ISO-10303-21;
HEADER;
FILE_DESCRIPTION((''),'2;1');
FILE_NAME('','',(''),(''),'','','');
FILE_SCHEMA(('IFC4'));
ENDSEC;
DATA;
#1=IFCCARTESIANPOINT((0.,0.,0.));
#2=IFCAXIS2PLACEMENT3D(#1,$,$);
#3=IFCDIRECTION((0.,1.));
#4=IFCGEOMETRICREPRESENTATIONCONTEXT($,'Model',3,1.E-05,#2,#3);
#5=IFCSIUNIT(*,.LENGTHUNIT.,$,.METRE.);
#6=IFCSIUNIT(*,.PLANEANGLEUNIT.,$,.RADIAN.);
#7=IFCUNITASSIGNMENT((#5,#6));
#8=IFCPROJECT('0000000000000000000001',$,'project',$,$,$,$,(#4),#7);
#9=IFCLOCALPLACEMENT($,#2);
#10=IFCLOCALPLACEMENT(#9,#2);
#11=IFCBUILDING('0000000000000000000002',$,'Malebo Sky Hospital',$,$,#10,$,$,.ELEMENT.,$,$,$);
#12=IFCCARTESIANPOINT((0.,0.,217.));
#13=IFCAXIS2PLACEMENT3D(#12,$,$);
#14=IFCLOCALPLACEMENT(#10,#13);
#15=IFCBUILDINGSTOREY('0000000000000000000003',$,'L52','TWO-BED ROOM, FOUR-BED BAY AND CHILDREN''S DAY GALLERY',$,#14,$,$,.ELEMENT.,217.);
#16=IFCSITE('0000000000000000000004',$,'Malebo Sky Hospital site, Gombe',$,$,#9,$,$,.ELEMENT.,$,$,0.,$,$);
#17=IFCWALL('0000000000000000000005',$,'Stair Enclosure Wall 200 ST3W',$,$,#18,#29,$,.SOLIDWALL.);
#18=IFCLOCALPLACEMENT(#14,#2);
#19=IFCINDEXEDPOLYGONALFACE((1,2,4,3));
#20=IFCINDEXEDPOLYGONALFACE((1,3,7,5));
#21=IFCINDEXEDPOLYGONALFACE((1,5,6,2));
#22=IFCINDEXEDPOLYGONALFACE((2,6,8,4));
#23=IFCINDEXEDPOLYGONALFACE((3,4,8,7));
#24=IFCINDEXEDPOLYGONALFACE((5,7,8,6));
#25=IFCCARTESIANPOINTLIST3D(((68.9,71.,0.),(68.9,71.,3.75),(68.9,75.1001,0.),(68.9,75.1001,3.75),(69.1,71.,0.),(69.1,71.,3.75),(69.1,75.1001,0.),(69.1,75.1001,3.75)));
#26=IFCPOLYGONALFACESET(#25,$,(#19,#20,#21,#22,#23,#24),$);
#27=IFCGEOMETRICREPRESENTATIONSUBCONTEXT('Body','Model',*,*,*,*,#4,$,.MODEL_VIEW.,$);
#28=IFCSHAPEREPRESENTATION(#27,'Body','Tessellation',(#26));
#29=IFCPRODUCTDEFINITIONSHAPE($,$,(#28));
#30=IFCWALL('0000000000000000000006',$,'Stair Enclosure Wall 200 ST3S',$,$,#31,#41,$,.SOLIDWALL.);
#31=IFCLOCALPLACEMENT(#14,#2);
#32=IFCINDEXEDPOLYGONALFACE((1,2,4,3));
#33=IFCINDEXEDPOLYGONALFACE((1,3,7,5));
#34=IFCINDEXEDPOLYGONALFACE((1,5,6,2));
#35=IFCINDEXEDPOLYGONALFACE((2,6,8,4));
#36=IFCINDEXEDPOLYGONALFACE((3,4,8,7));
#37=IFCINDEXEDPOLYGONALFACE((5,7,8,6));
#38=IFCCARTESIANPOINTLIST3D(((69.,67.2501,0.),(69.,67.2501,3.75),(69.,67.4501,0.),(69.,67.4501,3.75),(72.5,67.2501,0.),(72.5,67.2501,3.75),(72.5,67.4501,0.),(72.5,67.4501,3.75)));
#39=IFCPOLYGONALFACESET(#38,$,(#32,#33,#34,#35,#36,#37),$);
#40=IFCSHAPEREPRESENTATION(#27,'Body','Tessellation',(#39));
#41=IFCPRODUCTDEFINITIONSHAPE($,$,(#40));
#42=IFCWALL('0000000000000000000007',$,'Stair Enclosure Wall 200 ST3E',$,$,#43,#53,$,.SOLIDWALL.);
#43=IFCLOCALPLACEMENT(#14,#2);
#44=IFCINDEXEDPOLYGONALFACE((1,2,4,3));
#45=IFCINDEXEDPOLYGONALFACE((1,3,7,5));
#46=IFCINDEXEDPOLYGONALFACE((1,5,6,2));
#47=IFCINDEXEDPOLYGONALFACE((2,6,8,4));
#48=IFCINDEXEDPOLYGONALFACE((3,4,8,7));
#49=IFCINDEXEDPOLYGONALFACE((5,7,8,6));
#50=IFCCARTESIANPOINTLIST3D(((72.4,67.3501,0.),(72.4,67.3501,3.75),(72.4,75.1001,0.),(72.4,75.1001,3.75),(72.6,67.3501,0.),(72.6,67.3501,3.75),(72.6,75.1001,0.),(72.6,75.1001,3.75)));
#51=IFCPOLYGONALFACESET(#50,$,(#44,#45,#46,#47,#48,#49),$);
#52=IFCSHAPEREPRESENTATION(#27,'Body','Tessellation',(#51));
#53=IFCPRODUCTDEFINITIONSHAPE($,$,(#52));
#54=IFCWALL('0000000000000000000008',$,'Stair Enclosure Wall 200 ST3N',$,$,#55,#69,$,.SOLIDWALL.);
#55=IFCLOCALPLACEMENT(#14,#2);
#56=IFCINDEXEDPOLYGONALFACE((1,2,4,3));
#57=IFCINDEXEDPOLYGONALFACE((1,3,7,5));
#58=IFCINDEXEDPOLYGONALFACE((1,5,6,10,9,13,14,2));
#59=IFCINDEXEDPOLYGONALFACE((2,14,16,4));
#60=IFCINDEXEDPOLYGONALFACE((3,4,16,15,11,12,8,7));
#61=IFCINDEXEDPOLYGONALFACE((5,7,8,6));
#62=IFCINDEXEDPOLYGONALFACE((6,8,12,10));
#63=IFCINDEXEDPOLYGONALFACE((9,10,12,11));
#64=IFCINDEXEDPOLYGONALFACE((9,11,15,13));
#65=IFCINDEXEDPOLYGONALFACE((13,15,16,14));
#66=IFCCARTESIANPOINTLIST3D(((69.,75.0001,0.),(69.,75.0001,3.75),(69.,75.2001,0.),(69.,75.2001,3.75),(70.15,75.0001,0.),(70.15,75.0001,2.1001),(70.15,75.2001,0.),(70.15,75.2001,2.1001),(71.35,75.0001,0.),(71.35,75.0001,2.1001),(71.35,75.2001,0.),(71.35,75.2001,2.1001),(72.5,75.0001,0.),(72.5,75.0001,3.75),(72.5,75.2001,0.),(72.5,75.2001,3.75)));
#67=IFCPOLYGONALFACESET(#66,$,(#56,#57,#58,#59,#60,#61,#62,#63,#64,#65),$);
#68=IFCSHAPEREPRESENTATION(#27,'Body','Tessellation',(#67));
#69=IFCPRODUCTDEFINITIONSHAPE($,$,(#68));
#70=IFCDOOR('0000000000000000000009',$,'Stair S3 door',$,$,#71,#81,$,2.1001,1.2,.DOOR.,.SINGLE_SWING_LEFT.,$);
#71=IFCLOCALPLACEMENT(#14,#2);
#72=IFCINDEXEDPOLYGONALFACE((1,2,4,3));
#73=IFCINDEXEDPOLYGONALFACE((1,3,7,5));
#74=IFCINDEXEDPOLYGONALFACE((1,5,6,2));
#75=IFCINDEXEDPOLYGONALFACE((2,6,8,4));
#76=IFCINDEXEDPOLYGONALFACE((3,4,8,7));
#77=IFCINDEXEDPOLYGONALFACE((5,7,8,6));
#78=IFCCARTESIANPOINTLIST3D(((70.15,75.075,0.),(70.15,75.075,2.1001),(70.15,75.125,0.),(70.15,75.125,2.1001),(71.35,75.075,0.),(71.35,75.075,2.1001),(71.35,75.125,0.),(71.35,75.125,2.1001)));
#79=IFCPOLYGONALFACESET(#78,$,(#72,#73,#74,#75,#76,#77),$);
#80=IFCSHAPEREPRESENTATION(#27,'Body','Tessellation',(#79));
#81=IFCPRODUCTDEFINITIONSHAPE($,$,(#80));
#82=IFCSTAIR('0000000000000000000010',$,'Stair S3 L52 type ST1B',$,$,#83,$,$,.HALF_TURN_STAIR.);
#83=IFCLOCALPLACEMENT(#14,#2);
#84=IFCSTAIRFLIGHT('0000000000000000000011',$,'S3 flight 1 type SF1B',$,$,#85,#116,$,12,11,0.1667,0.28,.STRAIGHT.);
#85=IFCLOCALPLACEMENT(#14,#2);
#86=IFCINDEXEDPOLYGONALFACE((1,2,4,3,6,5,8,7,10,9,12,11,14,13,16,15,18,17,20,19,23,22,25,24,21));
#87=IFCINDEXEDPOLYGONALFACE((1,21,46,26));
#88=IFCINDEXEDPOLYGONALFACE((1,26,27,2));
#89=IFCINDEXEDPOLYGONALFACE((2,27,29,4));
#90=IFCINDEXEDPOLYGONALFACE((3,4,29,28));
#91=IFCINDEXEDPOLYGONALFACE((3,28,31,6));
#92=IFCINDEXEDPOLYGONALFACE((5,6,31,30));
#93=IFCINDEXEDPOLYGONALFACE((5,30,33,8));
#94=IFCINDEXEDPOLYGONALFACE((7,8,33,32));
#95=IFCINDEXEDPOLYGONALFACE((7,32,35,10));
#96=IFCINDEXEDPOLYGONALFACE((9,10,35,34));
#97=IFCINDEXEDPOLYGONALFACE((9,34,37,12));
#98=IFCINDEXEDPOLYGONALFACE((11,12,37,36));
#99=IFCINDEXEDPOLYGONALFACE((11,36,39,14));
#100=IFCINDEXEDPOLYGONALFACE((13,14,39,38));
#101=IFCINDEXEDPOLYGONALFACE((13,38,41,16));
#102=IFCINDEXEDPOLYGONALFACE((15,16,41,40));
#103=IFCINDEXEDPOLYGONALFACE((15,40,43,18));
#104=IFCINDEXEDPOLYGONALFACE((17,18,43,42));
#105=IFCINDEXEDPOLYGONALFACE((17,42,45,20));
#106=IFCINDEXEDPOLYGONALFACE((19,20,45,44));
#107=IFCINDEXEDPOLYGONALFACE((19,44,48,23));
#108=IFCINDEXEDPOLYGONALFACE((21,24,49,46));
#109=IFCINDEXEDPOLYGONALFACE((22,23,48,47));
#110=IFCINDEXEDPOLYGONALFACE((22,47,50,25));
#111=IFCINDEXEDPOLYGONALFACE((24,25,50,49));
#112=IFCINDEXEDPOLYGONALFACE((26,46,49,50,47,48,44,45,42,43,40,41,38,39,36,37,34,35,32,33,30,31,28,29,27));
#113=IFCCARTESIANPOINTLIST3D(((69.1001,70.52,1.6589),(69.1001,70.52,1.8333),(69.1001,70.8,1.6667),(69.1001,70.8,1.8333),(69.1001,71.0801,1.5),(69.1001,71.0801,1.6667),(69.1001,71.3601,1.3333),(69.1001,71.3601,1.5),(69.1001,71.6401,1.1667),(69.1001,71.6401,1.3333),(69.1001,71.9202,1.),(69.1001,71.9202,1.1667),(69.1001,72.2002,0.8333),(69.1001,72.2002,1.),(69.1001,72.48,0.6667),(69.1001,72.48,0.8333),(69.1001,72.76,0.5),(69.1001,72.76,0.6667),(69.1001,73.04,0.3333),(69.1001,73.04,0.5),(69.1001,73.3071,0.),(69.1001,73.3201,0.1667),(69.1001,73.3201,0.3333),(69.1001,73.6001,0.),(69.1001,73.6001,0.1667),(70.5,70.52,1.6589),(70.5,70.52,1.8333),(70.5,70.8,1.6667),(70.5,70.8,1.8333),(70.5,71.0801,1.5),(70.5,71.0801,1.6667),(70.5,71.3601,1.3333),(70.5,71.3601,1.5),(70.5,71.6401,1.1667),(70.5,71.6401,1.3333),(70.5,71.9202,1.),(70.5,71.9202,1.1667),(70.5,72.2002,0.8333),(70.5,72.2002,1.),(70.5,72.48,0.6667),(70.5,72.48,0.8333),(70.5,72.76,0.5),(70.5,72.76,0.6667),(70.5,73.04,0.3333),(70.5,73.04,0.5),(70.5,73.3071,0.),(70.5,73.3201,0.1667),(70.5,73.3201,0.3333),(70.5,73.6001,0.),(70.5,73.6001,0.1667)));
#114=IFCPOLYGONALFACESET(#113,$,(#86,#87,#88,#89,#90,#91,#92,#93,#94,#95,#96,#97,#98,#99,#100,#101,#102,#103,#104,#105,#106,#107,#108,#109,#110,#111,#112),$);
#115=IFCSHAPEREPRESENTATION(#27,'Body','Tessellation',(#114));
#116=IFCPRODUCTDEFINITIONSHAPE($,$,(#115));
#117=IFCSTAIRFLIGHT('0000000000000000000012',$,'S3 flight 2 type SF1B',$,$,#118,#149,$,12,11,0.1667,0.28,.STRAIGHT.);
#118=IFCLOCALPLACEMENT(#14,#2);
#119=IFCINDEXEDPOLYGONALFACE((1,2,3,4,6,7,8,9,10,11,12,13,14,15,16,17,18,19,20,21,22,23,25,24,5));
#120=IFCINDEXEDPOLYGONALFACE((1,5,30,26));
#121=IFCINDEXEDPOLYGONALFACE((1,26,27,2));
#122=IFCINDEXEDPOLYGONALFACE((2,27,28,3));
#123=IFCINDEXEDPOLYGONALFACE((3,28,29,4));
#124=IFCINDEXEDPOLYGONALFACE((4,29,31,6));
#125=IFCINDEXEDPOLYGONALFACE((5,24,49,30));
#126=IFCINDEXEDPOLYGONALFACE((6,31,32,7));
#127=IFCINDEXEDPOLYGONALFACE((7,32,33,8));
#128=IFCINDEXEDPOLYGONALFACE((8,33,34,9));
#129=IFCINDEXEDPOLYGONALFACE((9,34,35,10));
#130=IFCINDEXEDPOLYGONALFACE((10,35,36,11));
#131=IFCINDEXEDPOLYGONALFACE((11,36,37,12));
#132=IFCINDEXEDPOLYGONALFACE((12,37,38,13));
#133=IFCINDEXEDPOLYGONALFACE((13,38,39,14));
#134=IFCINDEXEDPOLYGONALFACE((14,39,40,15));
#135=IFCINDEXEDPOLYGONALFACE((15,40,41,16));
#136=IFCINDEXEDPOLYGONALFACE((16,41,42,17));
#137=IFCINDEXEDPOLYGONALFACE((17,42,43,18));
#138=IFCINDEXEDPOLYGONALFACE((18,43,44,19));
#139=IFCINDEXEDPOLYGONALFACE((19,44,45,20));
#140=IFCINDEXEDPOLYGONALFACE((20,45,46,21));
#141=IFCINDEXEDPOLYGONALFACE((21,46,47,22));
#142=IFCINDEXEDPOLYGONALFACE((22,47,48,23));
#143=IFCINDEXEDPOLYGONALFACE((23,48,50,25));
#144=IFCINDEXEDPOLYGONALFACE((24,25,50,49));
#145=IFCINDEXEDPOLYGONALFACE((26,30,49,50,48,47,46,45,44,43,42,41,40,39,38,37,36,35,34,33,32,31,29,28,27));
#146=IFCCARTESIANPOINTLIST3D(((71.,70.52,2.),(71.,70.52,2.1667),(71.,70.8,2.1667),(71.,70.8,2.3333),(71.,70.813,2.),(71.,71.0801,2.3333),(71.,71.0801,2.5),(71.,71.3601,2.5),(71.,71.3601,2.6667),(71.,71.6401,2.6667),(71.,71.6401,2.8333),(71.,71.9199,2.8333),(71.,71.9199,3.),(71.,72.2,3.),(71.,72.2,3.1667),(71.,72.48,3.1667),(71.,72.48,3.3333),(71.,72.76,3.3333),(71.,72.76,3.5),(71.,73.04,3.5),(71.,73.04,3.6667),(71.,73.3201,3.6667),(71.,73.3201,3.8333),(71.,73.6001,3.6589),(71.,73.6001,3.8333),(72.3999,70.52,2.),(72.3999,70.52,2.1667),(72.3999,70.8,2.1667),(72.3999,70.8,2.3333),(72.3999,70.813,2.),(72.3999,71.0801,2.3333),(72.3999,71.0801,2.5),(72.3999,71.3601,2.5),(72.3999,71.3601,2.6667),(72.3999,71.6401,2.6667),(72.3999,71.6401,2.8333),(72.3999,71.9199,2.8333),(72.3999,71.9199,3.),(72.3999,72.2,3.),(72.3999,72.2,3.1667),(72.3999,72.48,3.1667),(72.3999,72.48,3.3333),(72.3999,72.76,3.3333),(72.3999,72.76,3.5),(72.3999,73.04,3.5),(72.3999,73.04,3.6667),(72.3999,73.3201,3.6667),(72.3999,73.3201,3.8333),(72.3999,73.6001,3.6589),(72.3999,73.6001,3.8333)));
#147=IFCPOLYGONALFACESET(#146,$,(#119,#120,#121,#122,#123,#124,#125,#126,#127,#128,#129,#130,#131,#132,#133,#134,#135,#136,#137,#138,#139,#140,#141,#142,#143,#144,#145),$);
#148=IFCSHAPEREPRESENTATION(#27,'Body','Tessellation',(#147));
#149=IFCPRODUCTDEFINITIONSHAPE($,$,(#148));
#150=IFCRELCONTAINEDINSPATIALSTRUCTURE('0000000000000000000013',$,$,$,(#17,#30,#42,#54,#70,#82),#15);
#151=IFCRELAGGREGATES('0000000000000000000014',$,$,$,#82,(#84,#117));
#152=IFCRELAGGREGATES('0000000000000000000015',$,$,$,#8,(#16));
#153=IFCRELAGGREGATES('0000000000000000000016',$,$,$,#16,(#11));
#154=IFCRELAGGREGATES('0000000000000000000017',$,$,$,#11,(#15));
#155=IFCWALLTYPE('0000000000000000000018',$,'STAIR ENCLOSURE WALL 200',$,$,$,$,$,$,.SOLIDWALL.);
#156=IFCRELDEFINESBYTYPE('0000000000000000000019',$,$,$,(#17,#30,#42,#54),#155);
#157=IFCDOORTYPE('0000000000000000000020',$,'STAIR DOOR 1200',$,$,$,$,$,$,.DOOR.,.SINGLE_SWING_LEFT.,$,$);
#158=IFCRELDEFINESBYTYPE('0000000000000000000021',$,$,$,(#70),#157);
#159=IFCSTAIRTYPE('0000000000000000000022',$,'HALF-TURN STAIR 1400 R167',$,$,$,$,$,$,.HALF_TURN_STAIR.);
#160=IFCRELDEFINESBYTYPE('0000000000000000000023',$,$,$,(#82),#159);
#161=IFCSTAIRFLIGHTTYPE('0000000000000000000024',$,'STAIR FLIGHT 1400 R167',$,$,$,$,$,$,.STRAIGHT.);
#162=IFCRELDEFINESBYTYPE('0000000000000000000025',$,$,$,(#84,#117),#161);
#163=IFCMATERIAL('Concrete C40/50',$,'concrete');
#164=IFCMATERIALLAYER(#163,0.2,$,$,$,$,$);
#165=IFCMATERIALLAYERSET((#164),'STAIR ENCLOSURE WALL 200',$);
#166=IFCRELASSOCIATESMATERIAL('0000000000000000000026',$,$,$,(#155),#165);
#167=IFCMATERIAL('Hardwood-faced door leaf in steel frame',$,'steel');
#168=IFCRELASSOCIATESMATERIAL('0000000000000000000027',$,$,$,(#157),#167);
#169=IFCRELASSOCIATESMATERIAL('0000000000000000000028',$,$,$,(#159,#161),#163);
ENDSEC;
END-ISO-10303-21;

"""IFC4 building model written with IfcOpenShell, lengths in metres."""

from ifc_helpers import new_model, si_unit, direction, frame, frame_2d, origin, place, context, subcontext, project, spatial, polyline, rectangle, outline, extrude, material, layer, layer_set, type_object, element, fill, aggregate, save


model = new_model("IFC4")

# Units and contexts
model_context = context("Model", 3, precision=1e-05, world=origin(), true_north=direction((0.0, 1.0)))
body_context = subcontext(model_context, "Body", "Model", "MODEL_VIEW")
ifc_project = project(units=[si_unit("LENGTHUNIT", "METRE"), si_unit("PLANEANGLEUNIT", "RADIAN")], contexts=[model_context])

# Site, building, storey
site_placement = place(None, origin())
site = spatial("IfcSite", under=ifc_project, at=site_placement, Name="Malebo Sky Hospital site, Gombe", CompositionType="ELEMENT", RefElevation=0.0)
building_placement = place(site_placement, origin())
building = spatial("IfcBuilding", under=site, at=building_placement, Name="Malebo Sky Hospital", CompositionType="ELEMENT")
storey_placement = place(building_placement, frame((0.0, 0.0, 217.0)))
storey = spatial("IfcBuildingStorey", under=building, at=storey_placement, Name="L52", Description="TWO-BED ROOM, FOUR-BED BAY AND CHILDREN'S DAY GALLERY", CompositionType="ELEMENT", Elevation=217.0)

# Shared definitions
ifc_material_1 = material(Name="Hardwood-faced door leaf in steel frame", Category="steel")

# Walls
ifc_material_2 = material(Name="Concrete C40/50", Category="concrete")
ifc_layer_1 = layer(ifc_material_2, 0.2)
ifc_layer_set_1 = layer_set([ifc_layer_1], Name="STAIR ENCLOSURE WALL 200")
wall_type_1 = type_object("IfcWallType", Name="STAIR ENCLOSURE WALL 200", PredefinedType="SOLIDWALL", material=ifc_layer_set_1)
wall_1_placement = place(storey_placement, frame((69.0, 71.0, 0.0), z_axis=(0.0, 0.0, 1.0), x_axis=(0.0, 1.0, 0.0)))
element("IfcWall", 1, at=wall_1_placement, inside=storey, type_object=wall_type_1, Name="Stair Enclosure Wall 200 ST3W", PredefinedType="SOLIDWALL", context=body_context, shape_type="SweptSolid", body=[
    extrude(rectangle(XDim=4.1001, YDim=0.2, at=frame_2d((2.05, 0.0))), origin(), (0.0, 0.0, 1.0), 3.75),
])
wall_2_placement = place(storey_placement, frame((69.0, 67.3501, 0.0), z_axis=(0.0, 0.0, 1.0), x_axis=(1.0, 0.0, 0.0)))
element("IfcWall", 2, at=wall_2_placement, inside=storey, type_object=wall_type_1, Name="Stair Enclosure Wall 200 ST3S", PredefinedType="SOLIDWALL", context=body_context, shape_type="SweptSolid", body=[
    extrude(rectangle(XDim=3.5, YDim=0.2, at=frame_2d((1.75, 0.0))), origin(), (0.0, 0.0, 1.0), 3.75),
])
wall_3_placement = place(storey_placement, frame((72.5, 67.3501, 0.0), z_axis=(0.0, 0.0, 1.0), x_axis=(0.0, 1.0, 0.0)))
element("IfcWall", 3, at=wall_3_placement, inside=storey, type_object=wall_type_1, Name="Stair Enclosure Wall 200 ST3E", PredefinedType="SOLIDWALL", context=body_context, shape_type="SweptSolid", body=[
    extrude(rectangle(XDim=7.75, YDim=0.2, at=frame_2d((3.875, 0.0))), origin(), (0.0, 0.0, 1.0), 3.75),
])

# Wall, opening, door
wall_4_placement = place(storey_placement, frame((69.0, 75.1001, 0.0), z_axis=(0.0, 0.0, 1.0), x_axis=(1.0, 0.0, 0.0)))
wall_4 = element("IfcWall", 4, at=wall_4_placement, inside=storey, type_object=wall_type_1, Name="Stair Enclosure Wall 200 ST3N", PredefinedType="SOLIDWALL", context=body_context, shape_type="SweptSolid", body=[
    extrude(rectangle(XDim=3.5, YDim=0.2, at=frame_2d((1.75, 0.0))), origin(), (0.0, 0.0, 1.0), 3.75),
])
opening_1_placement = place(wall_4_placement, frame((1.1499, 0.0, 0.0)))
opening_1 = element("IfcOpeningElement", 5, at=opening_1_placement, cuts=wall_4, PredefinedType="OPENING", context=body_context, shape_type="SweptSolid", body=[
    extrude(rectangle(XDim=1.2, YDim=2.1001, at=frame_2d((0.6001, 1.05))), frame((0.0, 0.1099, 0.0), z_axis=(0.0, -1.0, 0.0), x_axis=(1.0, 0.0, 0.0)), (0.0, 0.0, 1.0), 0.22),
])
door_type_1 = type_object("IfcDoorType", Name="STAIR DOOR 1200", OperationType="SINGLE_SWING_LEFT", PredefinedType="DOOR", material=ifc_material_1)
door_1_placement = place(opening_1_placement, origin())
door_1 = element("IfcDoor", 6, at=door_1_placement, inside=storey, type_object=door_type_1, Name="Stair S3 door", OperationType="SINGLE_SWING_LEFT", OverallHeight=2.1001, OverallWidth=1.2, PredefinedType="DOOR", context=body_context, shape_type="SweptSolid", body=[
    extrude(rectangle(XDim=1.2, YDim=2.1001, at=frame_2d((0.6001, 1.05))), frame((0.0, 0.0249, 0.0), z_axis=(0.0, -1.0, 0.0), x_axis=(1.0, 0.0, 0.0)), (0.0, 0.0, 1.0), 0.05),
])
fill(opening_1, door_1)

# Stair, stair flights
stair_type = type_object("IfcStairType", Name="HALF-TURN STAIR 1400 R167", PredefinedType="HALF_TURN_STAIR", material=ifc_material_2)
stair_placement = place(storey_placement, origin())
stair = element("IfcStair", 7, at=stair_placement, inside=storey, type_object=stair_type, Name="Stair S3 L52 type ST1B", PredefinedType="HALF_TURN_STAIR")
stair_flight_type = type_object("IfcStairFlightType", Name="STAIR FLIGHT 1400 R167", PredefinedType="STRAIGHT", material=ifc_material_2)
stair_flight_1_placement = place(storey_placement, frame((69.8, 73.6001, 0.0), z_axis=(0.0, 0.0, 1.0), x_axis=(0.0, -1.0, 0.0)))
stair_flight_1 = element("IfcStairFlight", 8, at=stair_flight_1_placement, type_object=stair_flight_type, Name="S3 flight 1 type SF1B", NumberOfRisers=12, NumberOfTreads=11, PredefinedType="STRAIGHT", RiserHeight=0.1667, TreadLength=0.28, context=body_context, shape_type="SweptSolid", body=[
    extrude(outline(polyline([(0.0, 0.0), (0.0, 0.1667), (0.28, 0.1667), (0.28, 0.3333), (0.5601, 0.3333), (0.5601, 0.5), (0.8401, 0.5), (0.8401, 0.6667), (1.1201, 0.6667), (1.1201, 0.8333), (1.3999, 0.8333), (1.3999, 1.0), (1.6799, 1.0), (1.6799, 1.1667), (1.96, 1.1667), (1.96, 1.3333), (2.24, 1.3333), (2.24, 1.5), (2.52, 1.5), (2.52, 1.6667), (2.8, 1.6667), (2.8, 1.8333), (3.0801, 1.8333), (3.0801, 2.0), (3.0801, 1.6589), (0.293, 0.0), (0.0, 0.0)])), frame((0.0, 0.7, 0.0), z_axis=(0.0, -1.0, 0.0), x_axis=(1.0, 0.0, 0.0)), (0.0, 0.0, 1.0), 1.3999),
])
stair_flight_2_placement = place(storey_placement, frame((71.7, 70.52, 2.0), z_axis=(0.0, 0.0, 1.0), x_axis=(0.0, 1.0, 0.0)))
stair_flight_2 = element("IfcStairFlight", 9, at=stair_flight_2_placement, type_object=stair_flight_type, Name="S3 flight 2 type SF1B", NumberOfRisers=12, NumberOfTreads=11, PredefinedType="STRAIGHT", RiserHeight=0.1667, TreadLength=0.28, context=body_context, shape_type="SweptSolid", body=[
    extrude(outline(polyline([(0.0, 0.0), (0.0, 0.1667), (0.28, 0.1667), (0.28, 0.3333), (0.5601, 0.3333), (0.5601, 0.5), (0.8401, 0.5), (0.8401, 0.6667), (1.1201, 0.6667), (1.1201, 0.8333), (1.3999, 0.8333), (1.3999, 1.0), (1.6799, 1.0), (1.6799, 1.1667), (1.96, 1.1667), (1.96, 1.3333), (2.24, 1.3333), (2.24, 1.5), (2.52, 1.5), (2.52, 1.6667), (2.8, 1.6667), (2.8, 1.8333), (3.0801, 1.8333), (3.0801, 2.0), (3.0801, 1.6589), (0.293, 0.0), (0.0, 0.0)])), frame((0.0, 0.7, 0.0), z_axis=(0.0, -1.0, 0.0), x_axis=(1.0, 0.0, 0.0)), (0.0, 0.0, 1.0), 1.3999),
])
aggregate(stair, [stair_flight_1, stair_flight_2])

save(model, "model.ifc")
